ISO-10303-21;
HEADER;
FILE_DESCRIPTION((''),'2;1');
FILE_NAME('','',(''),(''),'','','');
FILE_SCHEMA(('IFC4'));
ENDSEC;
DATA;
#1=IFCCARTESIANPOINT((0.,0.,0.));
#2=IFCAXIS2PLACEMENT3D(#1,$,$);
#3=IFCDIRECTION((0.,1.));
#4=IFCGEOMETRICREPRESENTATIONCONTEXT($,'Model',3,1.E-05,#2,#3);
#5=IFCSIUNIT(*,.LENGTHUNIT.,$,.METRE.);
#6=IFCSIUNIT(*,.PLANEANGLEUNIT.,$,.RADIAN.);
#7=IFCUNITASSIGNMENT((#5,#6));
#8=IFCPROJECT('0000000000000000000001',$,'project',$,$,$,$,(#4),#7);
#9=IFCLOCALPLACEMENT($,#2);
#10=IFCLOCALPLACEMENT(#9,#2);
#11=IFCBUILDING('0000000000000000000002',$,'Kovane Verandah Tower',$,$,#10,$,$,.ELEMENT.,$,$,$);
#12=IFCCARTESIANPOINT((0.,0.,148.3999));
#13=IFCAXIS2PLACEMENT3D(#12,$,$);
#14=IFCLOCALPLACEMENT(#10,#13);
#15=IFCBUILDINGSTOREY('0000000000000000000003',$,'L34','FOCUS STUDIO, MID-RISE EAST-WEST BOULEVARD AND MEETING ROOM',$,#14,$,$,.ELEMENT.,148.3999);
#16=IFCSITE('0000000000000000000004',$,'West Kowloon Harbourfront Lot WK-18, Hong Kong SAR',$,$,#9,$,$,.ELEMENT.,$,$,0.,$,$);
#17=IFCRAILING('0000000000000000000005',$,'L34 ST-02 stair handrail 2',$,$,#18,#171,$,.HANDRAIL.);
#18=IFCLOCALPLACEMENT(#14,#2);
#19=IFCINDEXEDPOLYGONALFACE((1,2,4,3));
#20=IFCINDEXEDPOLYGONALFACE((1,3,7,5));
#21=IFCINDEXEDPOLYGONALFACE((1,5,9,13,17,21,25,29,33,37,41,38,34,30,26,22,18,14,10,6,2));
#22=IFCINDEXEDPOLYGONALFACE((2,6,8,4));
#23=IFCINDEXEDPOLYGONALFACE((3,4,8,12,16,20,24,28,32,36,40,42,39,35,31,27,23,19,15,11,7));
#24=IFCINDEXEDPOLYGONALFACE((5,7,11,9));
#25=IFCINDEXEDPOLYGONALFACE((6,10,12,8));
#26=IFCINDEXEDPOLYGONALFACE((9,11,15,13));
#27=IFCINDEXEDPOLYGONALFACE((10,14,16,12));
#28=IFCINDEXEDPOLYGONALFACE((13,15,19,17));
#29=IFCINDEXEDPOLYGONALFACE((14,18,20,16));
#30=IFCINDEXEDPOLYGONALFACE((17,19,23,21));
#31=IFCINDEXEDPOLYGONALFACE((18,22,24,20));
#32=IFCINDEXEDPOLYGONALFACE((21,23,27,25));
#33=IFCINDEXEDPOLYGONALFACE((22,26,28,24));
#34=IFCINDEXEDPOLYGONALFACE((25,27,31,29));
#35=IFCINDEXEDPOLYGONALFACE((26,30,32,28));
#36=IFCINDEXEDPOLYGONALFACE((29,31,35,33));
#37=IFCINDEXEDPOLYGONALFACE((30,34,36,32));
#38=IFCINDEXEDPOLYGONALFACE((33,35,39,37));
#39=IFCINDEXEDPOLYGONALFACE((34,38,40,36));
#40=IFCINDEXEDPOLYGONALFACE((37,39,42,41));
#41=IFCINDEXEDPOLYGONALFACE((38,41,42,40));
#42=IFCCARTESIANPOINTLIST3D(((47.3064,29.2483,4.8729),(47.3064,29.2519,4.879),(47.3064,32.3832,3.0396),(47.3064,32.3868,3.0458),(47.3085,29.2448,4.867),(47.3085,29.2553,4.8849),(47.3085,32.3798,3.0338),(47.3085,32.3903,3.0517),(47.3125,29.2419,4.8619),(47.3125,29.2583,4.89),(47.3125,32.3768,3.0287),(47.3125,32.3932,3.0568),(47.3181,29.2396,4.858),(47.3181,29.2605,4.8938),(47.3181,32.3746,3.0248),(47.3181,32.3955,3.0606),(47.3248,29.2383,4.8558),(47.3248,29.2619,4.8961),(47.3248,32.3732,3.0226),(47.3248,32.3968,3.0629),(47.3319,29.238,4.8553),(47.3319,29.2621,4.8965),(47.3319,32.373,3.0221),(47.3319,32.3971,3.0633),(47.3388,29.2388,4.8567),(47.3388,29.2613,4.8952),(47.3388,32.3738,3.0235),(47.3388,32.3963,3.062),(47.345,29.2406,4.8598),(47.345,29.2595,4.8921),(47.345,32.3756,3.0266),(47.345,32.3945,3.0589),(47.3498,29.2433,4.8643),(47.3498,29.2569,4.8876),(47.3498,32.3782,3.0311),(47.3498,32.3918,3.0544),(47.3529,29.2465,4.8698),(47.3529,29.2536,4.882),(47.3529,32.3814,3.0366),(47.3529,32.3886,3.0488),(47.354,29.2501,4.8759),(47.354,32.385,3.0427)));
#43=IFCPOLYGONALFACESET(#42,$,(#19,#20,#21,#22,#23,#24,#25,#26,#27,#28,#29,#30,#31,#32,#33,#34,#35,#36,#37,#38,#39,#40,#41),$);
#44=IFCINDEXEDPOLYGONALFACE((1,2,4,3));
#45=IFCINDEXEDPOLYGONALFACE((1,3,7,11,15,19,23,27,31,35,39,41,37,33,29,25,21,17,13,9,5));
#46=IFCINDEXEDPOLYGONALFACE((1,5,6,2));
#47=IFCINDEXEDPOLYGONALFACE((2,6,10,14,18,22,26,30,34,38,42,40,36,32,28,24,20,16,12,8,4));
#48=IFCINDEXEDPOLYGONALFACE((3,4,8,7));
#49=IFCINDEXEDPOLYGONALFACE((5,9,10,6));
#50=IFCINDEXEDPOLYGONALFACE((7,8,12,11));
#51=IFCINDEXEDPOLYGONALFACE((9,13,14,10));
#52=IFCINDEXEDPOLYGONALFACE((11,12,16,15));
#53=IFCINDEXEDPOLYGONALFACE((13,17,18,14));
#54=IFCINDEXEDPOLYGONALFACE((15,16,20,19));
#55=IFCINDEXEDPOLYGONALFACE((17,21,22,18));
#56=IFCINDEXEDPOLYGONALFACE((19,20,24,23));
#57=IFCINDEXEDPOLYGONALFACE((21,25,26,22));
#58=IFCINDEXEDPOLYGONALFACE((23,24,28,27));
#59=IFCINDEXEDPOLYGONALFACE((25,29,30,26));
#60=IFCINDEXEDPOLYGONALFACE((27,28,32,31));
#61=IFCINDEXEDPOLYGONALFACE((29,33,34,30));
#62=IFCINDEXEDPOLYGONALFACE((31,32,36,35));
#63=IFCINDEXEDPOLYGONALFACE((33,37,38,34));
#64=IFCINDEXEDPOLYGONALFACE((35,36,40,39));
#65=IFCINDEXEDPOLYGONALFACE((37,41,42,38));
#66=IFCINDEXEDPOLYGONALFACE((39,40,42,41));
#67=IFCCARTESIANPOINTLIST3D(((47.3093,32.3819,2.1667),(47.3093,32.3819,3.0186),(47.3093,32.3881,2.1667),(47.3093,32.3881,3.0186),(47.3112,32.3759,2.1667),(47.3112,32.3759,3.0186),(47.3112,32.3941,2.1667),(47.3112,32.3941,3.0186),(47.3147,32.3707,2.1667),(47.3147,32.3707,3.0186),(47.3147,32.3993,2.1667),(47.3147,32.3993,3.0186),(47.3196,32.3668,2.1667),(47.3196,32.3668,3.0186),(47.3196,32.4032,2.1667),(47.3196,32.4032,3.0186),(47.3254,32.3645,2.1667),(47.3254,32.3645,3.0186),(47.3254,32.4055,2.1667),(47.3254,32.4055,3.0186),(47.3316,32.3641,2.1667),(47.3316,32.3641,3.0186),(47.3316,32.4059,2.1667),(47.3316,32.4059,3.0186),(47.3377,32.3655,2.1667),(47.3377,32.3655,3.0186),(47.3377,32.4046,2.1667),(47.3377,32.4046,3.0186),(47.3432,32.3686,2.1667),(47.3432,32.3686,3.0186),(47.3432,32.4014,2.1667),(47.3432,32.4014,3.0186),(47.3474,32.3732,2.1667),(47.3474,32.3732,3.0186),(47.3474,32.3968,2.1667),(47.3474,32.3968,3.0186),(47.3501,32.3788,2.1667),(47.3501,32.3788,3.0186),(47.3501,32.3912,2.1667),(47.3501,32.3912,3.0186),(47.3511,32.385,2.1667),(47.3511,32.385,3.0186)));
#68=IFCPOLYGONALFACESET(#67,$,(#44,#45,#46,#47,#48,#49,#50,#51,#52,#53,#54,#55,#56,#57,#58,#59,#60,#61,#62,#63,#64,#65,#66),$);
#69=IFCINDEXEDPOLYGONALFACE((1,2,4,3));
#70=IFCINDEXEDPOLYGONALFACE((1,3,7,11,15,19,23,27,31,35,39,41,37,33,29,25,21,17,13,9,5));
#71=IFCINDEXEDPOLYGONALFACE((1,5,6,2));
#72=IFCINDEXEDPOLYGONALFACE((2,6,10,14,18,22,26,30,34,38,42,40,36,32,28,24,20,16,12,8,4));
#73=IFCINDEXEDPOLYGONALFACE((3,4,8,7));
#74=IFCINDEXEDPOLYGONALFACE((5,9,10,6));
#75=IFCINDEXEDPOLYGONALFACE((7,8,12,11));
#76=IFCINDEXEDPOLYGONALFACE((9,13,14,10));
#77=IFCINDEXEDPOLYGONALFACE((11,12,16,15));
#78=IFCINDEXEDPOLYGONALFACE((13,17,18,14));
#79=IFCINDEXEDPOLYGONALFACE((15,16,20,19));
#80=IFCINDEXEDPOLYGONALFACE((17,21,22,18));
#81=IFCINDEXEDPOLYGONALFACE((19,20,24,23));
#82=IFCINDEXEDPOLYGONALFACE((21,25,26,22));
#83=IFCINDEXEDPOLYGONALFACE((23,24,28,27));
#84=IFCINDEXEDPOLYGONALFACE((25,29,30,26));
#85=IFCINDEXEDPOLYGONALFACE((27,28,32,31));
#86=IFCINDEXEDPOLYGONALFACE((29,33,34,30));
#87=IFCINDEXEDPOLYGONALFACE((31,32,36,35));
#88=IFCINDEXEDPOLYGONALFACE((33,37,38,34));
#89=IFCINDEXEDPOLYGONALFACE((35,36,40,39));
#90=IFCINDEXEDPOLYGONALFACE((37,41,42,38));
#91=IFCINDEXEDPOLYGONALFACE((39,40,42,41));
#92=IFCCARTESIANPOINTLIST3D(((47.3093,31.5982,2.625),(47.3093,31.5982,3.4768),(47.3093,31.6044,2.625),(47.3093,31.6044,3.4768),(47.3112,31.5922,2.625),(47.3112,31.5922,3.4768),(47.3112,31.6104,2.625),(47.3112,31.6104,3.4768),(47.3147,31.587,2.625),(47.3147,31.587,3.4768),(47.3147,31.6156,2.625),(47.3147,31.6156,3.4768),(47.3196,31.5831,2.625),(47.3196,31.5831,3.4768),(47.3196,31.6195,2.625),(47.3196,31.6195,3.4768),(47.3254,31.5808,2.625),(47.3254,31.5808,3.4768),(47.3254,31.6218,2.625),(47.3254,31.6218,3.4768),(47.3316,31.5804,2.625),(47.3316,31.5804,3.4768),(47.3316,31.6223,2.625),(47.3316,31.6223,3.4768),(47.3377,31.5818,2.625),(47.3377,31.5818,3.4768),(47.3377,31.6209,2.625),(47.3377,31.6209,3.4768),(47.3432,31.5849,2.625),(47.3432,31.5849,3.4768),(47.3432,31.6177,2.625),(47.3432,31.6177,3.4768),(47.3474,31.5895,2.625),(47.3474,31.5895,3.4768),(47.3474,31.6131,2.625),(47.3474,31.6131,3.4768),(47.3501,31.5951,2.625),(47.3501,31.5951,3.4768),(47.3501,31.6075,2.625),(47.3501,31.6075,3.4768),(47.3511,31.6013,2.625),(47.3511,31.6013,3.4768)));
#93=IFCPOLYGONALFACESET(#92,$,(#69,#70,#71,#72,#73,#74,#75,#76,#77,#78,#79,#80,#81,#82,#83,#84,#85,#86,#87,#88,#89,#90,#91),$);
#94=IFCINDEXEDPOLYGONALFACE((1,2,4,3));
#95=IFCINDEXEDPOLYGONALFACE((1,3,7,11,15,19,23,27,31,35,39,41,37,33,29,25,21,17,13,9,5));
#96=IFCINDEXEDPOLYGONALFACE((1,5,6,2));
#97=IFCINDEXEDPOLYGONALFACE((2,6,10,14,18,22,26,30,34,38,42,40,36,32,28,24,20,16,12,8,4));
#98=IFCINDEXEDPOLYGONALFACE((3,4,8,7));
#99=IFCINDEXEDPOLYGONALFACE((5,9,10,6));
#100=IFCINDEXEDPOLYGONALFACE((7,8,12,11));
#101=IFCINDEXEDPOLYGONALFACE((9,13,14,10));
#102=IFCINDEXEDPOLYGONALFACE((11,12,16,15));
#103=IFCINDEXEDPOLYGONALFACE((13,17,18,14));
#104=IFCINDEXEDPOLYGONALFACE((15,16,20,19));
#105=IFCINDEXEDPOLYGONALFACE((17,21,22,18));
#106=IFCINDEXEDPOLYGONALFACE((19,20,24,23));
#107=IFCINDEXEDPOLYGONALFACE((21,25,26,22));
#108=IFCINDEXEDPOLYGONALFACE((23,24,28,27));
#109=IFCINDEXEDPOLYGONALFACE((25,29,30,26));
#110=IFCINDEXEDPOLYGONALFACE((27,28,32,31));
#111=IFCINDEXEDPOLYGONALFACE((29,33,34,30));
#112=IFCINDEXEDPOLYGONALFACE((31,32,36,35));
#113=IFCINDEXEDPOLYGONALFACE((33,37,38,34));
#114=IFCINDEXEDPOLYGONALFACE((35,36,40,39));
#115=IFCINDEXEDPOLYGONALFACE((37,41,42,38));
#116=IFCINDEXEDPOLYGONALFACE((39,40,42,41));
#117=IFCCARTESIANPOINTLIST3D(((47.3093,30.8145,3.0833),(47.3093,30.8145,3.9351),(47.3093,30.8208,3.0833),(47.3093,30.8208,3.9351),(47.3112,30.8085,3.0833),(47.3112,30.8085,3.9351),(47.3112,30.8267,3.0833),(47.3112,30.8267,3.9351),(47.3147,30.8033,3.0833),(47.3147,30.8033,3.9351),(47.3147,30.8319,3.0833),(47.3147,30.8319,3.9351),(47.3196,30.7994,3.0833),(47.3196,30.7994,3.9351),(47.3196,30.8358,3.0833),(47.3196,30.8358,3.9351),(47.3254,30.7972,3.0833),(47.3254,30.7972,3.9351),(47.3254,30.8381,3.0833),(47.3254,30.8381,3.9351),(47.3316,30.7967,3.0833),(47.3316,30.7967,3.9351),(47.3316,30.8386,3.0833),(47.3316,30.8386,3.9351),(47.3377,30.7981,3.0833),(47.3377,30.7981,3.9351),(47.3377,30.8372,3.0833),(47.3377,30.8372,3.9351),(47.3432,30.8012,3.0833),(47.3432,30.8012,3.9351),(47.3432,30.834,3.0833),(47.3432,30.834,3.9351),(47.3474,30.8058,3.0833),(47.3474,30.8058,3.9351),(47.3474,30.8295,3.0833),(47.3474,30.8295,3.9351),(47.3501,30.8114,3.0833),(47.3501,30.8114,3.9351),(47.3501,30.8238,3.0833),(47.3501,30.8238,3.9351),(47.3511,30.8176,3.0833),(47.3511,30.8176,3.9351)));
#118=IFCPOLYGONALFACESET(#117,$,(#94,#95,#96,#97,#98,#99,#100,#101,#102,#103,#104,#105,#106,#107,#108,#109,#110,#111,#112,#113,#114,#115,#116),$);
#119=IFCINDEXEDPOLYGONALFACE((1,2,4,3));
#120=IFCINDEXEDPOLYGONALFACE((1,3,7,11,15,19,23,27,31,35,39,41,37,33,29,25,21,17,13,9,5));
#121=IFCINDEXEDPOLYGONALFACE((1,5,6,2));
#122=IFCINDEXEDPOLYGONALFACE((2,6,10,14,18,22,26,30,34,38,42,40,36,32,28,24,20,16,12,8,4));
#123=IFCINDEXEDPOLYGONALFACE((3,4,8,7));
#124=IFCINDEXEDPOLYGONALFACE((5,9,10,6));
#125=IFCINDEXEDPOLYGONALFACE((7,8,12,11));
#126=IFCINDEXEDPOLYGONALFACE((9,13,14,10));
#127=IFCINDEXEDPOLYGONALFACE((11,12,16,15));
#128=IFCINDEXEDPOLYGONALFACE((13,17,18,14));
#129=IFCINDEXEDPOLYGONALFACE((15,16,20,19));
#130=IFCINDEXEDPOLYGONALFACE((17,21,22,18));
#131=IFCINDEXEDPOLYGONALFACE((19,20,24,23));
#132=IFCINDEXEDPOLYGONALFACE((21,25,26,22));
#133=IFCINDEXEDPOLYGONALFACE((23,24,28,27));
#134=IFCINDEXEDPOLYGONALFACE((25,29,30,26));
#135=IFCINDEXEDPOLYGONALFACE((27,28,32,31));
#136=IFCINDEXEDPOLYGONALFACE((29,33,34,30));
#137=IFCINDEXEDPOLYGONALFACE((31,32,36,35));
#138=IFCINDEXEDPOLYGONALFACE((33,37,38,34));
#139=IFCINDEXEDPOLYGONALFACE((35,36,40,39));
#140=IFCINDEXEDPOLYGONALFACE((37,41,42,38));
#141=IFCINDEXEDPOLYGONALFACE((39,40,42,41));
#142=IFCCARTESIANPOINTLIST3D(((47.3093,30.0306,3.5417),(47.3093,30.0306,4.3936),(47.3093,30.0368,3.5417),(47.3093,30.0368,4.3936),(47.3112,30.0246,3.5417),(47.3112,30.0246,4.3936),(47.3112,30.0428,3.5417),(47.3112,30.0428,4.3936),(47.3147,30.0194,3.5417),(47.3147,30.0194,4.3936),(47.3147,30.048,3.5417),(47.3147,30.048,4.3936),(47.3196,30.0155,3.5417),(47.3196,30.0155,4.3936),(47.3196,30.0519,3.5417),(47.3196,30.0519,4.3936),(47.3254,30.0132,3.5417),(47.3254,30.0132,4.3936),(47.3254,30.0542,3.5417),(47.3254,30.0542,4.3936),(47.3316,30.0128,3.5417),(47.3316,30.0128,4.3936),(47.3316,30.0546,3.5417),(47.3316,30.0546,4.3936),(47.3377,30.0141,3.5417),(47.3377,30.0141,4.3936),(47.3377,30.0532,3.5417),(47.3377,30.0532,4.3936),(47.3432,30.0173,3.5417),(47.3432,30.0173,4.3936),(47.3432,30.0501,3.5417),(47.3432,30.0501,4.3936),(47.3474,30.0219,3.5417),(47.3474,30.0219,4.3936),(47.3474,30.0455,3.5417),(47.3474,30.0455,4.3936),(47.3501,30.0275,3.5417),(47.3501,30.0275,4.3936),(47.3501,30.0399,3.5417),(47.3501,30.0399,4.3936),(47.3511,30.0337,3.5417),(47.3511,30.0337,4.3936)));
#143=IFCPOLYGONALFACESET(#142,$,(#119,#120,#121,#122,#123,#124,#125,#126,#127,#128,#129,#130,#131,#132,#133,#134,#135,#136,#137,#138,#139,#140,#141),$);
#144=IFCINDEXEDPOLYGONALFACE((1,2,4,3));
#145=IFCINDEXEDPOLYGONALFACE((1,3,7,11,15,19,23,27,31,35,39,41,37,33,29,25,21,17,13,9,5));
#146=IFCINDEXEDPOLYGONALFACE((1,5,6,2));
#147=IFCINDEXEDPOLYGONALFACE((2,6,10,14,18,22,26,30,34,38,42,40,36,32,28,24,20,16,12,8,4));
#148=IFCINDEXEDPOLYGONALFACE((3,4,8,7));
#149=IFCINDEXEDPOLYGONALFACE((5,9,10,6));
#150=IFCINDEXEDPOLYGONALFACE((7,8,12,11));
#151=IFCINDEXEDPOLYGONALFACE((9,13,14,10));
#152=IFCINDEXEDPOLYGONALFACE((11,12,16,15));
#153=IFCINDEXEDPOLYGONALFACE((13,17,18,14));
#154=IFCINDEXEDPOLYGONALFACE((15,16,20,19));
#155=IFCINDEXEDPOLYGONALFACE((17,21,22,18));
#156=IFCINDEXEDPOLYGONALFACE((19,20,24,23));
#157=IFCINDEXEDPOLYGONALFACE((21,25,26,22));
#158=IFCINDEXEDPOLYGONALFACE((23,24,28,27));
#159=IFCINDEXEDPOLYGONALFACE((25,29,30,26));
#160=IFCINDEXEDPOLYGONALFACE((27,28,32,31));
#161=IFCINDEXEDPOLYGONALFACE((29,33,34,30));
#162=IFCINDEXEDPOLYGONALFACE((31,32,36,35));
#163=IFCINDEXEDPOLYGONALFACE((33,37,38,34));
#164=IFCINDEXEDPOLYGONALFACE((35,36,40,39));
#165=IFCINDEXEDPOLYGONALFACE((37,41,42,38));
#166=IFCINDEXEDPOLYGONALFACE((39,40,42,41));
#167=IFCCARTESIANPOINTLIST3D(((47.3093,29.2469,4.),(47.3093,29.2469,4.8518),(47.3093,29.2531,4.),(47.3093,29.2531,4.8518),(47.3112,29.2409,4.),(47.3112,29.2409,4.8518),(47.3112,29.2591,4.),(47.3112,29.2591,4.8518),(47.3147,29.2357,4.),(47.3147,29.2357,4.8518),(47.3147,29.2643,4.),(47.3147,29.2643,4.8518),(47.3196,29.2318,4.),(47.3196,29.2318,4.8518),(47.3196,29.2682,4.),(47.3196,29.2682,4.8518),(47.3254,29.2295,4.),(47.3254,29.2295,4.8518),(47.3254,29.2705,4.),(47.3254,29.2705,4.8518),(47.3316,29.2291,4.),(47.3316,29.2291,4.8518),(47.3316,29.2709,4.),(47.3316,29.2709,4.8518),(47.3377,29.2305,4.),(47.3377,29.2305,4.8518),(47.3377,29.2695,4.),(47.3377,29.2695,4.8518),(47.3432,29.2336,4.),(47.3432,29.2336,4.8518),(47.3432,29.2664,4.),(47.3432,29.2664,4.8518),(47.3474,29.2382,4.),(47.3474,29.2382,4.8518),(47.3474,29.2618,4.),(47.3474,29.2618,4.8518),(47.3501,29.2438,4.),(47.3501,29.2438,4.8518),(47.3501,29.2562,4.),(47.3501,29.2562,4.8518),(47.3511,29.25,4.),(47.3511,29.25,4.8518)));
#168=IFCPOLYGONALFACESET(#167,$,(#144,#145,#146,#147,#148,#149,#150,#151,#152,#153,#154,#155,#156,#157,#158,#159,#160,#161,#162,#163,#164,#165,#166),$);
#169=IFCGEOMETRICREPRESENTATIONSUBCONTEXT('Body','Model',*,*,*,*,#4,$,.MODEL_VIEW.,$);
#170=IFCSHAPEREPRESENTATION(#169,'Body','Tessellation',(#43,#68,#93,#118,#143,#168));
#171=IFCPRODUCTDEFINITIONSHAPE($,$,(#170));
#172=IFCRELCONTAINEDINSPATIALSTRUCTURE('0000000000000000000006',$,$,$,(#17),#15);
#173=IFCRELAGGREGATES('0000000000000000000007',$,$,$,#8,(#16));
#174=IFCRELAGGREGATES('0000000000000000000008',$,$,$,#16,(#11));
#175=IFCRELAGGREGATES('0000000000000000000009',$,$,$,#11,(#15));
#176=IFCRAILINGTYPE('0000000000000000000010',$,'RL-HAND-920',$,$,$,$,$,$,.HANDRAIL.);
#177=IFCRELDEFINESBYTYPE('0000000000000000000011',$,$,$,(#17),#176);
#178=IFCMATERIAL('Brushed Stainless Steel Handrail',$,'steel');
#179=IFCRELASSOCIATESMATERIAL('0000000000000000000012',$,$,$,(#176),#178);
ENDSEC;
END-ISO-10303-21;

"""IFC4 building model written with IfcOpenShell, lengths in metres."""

from ifc_helpers import new_model, si_unit, direction, frame, origin, origin_2d, place, context, subcontext, project, spatial, circle, extrude, material, type_object, element, save


model = new_model("IFC4")

# Units and contexts
model_context = context("Model", 3, precision=1e-05, world=origin(), true_north=direction((0.0, 1.0)))
body_context = subcontext(model_context, "Body", "Model", "MODEL_VIEW")
ifc_project = project(units=[si_unit("LENGTHUNIT", "METRE"), si_unit("PLANEANGLEUNIT", "RADIAN")], contexts=[model_context])

# Site, building, storey
site_placement = place(None, origin())
site = spatial("IfcSite", under=ifc_project, at=site_placement, Name="West Kowloon Harbourfront Lot WK-18, Hong Kong SAR", CompositionType="ELEMENT", RefElevation=0.0)
building_placement = place(site_placement, origin())
building = spatial("IfcBuilding", under=site, at=building_placement, Name="Kovane Verandah Tower", CompositionType="ELEMENT")
storey_placement = place(building_placement, frame((0.0, 0.0, 148.3999)))
storey = spatial("IfcBuildingStorey", under=building, at=storey_placement, Name="L34", Description="FOCUS STUDIO, MID-RISE EAST-WEST BOULEVARD AND MEETING ROOM", CompositionType="ELEMENT", Elevation=148.3999)

# Railing
ifc_material_1 = material(Name="Brushed Stainless Steel Handrail", Category="steel")
railing_type_1 = type_object("IfcRailingType", Name="RL-HAND-920", PredefinedType="HANDRAIL", material=ifc_material_1)
railing_1_placement = place(storey_placement, frame((47.3301, 32.385, 2.1667)))
element("IfcRailing", 1, at=railing_1_placement, inside=storey, type_object=railing_type_1, Name="L34 ST-02 stair handrail 2", PredefinedType="HANDRAIL", context=body_context, shape_type="SweptSolid", body=[
    extrude(circle(Radius=0.0239, at=origin_2d()), frame((0.0, 0.0, 0.876), z_axis=(0.0, -0.86324, 0.504794), x_axis=(1.0, 0.0, 0.0)), (0.0, 0.0, 1.0), 3.6316),
    extrude(circle(Radius=0.021, at=origin_2d()), origin(), (0.0, 0.0, 1.0), 0.8518),
    extrude(circle(Radius=0.021, at=origin_2d()), frame((0.0, -0.7837, 0.4583)), (0.0, 0.0, 1.0), 0.8518),
    extrude(circle(Radius=0.021, at=origin_2d()), frame((0.0, -1.5674, 0.9165)), (0.0, 0.0, 1.0), 0.8518),
    extrude(circle(Radius=0.021, at=origin_2d()), frame((0.0, -2.3513, 1.375)), (0.0, 0.0, 1.0), 0.8518),
    extrude(circle(Radius=0.021, at=origin_2d()), frame((0.0, -3.135, 1.8333)), (0.0, 0.0, 1.0), 0.8518),
])

save(model, "model.ifc")
